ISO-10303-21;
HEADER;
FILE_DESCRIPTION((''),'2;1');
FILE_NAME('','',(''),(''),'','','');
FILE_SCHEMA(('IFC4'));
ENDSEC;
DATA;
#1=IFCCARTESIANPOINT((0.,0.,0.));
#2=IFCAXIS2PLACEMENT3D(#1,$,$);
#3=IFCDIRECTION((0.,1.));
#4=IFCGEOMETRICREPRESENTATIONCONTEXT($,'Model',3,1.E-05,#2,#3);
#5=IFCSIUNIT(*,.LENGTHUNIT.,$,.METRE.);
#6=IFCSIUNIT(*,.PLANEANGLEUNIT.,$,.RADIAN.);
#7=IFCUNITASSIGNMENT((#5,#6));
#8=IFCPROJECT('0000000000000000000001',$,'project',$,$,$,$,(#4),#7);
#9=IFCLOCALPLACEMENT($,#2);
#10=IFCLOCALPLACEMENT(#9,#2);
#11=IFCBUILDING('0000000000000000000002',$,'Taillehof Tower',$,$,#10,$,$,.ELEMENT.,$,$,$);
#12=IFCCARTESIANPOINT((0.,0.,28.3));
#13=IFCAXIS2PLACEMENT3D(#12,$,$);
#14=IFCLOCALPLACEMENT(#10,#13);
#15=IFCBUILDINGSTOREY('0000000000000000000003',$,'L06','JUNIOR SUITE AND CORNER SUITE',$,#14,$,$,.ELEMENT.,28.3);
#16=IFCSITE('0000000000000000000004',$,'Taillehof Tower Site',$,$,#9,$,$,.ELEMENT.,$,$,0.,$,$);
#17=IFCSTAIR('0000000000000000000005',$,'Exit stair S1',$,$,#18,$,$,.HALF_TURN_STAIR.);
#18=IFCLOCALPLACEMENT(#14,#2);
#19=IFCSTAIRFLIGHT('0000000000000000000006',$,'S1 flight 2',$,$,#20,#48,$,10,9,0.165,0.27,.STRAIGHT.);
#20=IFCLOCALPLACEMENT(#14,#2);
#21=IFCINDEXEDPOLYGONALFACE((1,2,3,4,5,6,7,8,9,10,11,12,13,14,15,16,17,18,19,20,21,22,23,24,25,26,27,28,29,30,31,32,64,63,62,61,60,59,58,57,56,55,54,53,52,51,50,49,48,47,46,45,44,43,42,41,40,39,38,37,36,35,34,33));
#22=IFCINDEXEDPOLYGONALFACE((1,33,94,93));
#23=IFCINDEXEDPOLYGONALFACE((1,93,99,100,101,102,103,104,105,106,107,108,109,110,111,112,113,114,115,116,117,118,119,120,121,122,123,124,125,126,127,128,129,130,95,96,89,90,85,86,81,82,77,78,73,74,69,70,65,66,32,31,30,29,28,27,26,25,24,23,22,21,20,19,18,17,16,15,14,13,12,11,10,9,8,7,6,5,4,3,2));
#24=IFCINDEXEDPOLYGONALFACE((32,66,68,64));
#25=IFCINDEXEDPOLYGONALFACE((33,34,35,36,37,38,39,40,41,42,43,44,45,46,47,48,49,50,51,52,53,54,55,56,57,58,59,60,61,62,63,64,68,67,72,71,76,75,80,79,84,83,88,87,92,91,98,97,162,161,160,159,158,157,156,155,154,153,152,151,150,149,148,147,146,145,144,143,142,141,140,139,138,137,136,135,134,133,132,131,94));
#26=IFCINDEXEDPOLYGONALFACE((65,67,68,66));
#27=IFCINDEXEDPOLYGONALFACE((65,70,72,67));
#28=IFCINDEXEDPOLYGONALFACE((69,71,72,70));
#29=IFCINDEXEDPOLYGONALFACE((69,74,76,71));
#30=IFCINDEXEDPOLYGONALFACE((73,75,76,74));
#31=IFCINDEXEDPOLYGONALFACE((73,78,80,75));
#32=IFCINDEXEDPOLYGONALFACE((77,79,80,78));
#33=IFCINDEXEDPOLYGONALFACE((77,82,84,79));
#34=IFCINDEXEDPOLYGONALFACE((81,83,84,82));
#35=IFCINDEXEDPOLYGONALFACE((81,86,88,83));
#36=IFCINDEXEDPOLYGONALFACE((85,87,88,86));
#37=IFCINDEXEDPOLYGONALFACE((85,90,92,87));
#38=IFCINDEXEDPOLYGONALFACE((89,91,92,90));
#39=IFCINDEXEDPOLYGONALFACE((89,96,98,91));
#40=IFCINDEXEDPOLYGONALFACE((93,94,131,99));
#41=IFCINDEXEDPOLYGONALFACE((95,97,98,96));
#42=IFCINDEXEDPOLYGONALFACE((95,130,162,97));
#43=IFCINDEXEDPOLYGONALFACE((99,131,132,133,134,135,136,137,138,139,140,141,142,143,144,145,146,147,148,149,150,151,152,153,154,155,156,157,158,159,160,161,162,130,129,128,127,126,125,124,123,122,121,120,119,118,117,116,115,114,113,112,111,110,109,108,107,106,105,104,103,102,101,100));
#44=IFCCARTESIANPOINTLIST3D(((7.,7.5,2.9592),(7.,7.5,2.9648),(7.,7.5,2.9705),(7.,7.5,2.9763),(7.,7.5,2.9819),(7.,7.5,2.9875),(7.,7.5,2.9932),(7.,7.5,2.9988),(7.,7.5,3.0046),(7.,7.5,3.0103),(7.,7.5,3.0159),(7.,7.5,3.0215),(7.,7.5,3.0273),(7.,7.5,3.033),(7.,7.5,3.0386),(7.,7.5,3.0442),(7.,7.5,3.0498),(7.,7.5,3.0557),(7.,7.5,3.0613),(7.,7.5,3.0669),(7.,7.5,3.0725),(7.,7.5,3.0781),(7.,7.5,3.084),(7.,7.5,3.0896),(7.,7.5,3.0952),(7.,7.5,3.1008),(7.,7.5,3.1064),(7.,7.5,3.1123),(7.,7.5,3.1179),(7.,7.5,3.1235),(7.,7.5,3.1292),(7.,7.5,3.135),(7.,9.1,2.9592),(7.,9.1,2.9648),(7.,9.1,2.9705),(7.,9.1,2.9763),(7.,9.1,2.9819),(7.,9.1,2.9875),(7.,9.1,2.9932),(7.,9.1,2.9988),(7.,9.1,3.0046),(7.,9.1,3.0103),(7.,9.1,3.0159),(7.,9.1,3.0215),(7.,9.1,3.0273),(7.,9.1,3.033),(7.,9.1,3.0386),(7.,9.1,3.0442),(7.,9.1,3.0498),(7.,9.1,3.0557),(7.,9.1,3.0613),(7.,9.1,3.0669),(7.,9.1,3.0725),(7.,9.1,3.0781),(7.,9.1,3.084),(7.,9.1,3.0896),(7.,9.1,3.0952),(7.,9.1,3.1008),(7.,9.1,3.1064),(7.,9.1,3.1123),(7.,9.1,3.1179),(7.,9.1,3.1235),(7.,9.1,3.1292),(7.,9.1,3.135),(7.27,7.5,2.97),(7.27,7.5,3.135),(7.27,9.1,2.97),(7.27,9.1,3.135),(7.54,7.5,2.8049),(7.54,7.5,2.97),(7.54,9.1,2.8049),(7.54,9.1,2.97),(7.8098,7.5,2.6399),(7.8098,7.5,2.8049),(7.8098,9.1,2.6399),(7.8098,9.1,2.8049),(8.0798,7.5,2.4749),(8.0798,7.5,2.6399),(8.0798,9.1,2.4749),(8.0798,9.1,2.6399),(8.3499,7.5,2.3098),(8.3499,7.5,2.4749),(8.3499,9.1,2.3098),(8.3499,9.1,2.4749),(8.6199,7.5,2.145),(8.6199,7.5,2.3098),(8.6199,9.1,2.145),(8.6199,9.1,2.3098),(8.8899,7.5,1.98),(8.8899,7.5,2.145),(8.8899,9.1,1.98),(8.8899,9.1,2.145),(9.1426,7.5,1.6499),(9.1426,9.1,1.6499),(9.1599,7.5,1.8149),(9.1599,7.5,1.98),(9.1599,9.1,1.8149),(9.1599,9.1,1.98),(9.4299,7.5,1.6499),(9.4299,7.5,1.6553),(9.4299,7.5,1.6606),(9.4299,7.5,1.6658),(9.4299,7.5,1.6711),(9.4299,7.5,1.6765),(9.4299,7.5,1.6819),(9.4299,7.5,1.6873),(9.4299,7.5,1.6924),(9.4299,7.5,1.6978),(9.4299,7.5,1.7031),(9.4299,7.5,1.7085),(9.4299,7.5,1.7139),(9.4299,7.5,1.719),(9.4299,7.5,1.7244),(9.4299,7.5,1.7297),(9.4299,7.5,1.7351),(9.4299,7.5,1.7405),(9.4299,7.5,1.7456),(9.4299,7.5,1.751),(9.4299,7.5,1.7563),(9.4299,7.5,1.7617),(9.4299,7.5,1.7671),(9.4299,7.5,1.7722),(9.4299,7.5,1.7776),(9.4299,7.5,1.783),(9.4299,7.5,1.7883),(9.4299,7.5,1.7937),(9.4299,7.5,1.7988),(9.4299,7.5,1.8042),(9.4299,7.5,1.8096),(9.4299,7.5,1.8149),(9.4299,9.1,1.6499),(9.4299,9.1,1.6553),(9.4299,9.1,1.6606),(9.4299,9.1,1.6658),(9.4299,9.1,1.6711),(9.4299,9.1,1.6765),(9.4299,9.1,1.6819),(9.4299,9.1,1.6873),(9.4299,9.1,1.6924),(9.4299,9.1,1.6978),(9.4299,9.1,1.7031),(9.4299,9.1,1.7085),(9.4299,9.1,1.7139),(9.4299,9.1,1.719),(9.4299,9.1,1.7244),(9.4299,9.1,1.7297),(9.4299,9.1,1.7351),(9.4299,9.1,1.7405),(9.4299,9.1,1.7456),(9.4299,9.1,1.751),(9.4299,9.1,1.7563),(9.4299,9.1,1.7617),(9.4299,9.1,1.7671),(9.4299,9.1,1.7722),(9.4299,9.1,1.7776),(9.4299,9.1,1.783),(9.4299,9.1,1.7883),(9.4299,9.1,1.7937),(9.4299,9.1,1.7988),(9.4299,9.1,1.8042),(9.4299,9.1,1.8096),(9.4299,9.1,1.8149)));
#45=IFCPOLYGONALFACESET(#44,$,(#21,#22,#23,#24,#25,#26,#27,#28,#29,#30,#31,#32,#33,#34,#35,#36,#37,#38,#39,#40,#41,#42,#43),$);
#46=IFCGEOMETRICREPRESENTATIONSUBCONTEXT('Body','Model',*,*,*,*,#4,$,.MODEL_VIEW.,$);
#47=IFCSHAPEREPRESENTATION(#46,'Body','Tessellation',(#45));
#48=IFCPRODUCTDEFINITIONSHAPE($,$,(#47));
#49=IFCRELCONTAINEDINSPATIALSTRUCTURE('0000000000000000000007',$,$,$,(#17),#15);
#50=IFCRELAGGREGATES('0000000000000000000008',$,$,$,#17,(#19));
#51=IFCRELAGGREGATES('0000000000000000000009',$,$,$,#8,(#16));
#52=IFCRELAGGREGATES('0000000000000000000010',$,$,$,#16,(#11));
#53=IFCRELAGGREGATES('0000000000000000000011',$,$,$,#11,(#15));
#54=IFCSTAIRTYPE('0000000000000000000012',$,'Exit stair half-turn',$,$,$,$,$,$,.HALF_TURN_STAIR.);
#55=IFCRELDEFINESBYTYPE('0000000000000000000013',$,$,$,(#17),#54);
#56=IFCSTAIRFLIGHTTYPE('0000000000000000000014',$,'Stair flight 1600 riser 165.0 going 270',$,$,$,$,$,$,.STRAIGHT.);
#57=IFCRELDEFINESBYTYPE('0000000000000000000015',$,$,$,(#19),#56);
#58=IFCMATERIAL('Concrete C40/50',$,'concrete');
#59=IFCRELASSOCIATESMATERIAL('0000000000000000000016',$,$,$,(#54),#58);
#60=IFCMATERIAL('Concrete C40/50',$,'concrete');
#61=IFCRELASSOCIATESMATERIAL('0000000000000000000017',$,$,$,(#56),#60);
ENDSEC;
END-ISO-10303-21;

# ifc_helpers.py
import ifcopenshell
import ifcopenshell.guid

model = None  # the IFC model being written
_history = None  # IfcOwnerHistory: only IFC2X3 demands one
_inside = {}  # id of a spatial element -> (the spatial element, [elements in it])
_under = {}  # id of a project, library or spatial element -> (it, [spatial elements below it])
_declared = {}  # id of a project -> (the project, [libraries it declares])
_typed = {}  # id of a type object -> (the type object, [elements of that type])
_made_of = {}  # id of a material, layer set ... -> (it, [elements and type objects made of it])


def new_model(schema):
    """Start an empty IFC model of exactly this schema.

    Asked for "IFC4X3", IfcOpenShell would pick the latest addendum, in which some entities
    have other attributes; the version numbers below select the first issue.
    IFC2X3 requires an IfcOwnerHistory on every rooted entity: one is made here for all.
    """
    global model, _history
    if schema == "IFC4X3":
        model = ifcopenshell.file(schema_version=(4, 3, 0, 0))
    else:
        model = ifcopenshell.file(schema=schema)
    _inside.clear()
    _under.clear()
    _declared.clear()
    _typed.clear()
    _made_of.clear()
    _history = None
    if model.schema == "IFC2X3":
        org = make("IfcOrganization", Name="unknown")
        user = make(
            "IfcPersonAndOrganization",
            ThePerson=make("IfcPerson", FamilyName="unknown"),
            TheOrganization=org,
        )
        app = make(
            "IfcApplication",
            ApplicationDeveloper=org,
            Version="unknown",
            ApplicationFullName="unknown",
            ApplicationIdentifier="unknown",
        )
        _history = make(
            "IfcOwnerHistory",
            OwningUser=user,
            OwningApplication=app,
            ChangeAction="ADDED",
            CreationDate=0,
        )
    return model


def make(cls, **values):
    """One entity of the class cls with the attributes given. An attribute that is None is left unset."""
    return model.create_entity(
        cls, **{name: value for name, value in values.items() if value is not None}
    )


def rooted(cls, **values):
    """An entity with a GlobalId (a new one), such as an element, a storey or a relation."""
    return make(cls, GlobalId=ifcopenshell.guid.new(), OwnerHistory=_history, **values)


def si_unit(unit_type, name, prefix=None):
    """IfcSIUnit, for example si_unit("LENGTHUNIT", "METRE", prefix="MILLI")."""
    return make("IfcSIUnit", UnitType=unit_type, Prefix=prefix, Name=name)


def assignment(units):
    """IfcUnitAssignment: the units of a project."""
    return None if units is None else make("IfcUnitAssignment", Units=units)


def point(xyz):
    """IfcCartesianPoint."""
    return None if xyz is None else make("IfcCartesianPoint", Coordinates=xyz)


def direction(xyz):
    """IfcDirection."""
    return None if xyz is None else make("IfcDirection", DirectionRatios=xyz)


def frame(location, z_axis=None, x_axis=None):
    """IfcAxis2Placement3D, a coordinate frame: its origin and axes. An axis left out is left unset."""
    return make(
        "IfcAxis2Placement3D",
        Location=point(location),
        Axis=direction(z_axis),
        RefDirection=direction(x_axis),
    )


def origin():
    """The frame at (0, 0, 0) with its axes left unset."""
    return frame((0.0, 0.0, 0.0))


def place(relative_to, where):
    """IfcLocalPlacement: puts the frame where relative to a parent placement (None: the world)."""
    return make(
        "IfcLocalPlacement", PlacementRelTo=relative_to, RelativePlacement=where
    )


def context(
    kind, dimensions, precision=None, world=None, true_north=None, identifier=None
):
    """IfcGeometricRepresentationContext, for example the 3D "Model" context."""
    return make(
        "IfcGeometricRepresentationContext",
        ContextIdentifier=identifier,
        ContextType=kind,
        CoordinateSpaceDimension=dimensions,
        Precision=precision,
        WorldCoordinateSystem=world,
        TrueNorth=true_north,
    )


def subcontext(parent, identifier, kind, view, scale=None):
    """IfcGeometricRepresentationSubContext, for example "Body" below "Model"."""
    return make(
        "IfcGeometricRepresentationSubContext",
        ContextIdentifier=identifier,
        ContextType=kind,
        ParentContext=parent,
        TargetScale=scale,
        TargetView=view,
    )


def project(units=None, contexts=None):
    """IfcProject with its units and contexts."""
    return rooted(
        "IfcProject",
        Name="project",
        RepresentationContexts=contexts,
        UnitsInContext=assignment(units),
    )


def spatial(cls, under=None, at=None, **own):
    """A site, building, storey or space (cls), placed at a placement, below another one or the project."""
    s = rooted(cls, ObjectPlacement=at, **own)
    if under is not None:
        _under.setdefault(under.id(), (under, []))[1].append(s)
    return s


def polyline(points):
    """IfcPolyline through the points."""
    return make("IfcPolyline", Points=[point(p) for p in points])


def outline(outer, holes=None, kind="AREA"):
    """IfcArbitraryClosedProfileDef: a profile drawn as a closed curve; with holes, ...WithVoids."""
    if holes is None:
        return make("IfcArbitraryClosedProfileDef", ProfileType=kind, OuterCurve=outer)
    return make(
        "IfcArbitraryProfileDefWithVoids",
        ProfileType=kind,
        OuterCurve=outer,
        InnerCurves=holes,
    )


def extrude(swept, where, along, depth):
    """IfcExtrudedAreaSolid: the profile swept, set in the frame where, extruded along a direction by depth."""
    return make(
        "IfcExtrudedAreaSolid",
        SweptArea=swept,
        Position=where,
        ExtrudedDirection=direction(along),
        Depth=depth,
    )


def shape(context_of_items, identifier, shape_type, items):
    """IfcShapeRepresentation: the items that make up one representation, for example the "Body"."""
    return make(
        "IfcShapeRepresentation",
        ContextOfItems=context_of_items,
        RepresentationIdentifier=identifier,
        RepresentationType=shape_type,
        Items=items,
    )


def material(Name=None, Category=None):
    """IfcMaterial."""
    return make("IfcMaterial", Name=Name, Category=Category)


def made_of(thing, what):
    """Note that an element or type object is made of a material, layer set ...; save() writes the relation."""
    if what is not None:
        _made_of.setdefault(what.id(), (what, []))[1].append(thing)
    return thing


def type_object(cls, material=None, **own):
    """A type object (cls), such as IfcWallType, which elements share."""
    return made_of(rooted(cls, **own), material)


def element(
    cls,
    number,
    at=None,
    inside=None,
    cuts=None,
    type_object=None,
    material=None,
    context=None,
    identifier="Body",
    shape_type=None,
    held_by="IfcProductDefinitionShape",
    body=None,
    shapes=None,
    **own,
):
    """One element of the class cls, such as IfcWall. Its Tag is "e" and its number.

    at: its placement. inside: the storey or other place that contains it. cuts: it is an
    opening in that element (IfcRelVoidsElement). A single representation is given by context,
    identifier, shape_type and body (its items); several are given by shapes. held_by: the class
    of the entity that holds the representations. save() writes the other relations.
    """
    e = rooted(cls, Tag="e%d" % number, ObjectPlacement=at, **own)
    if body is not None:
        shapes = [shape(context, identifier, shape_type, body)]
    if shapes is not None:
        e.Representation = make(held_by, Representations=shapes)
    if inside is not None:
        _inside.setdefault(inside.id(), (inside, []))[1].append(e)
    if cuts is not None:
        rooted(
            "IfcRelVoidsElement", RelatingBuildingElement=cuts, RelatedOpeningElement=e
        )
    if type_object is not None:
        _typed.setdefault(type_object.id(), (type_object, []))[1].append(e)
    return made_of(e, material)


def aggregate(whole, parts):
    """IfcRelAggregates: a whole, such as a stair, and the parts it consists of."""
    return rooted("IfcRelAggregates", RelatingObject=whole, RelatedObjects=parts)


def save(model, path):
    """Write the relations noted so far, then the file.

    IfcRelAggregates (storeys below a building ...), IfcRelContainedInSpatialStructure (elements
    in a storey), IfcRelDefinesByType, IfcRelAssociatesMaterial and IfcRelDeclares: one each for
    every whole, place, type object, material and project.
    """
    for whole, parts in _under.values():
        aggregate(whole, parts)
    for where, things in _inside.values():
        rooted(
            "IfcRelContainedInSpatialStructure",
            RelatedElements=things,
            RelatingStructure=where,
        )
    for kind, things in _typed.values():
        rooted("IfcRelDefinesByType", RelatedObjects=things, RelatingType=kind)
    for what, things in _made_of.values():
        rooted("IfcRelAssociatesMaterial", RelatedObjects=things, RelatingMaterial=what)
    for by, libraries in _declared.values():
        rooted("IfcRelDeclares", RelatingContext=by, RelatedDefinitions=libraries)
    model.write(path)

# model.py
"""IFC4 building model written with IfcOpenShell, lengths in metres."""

from ifc_helpers import new_model, si_unit, direction, frame, origin, place, context, subcontext, project, spatial, polyline, outline, extrude, material, type_object, element, aggregate, save


model = new_model("IFC4")

# Units and contexts
model_context = context("Model", 3, precision=1e-05, world=origin(), true_north=direction((0.0, 1.0)))
body_context = subcontext(model_context, "Body", "Model", "MODEL_VIEW")
ifc_project = project(units=[si_unit("LENGTHUNIT", "METRE"), si_unit("PLANEANGLEUNIT", "RADIAN")], contexts=[model_context])

# Site, building, storey
site_placement = place(None, origin())
site = spatial("IfcSite", under=ifc_project, at=site_placement, Name="Taillehof Tower Site", CompositionType="ELEMENT", RefElevation=0.0)
building_placement = place(site_placement, origin())
building = spatial("IfcBuilding", under=site, at=building_placement, Name="Taillehof Tower", CompositionType="ELEMENT")
storey_placement = place(building_placement, frame((0.0, 0.0, 28.3)))
storey = spatial("IfcBuildingStorey", under=building, at=storey_placement, Name="L06", Description="JUNIOR SUITE AND CORNER SUITE", CompositionType="ELEMENT", Elevation=28.3)

# Stair, stair flight
ifc_material_1 = material(Name="Concrete C40/50", Category="concrete")
stair_type = type_object("IfcStairType", Name="Exit stair half-turn", PredefinedType="HALF_TURN_STAIR", material=ifc_material_1)
stair_placement = place(storey_placement, origin())
stair = element("IfcStair", 1, at=stair_placement, inside=storey, type_object=stair_type, Name="Exit stair S1", PredefinedType="HALF_TURN_STAIR")
ifc_material_2 = material(Name="Concrete C40/50", Category="concrete")
stair_flight_type = type_object("IfcStairFlightType", Name="Stair flight 1600 riser 165.0 going 270", PredefinedType="STRAIGHT", material=ifc_material_2)
stair_flight_1_placement = place(storey_placement, frame((9.4299, 8.3, 1.6499), z_axis=(0.0, 0.0, 1.0), x_axis=(-1.0, 0.0, 0.0)))
stair_flight_1 = element("IfcStairFlight", 2, at=stair_flight_1_placement, type_object=stair_flight_type, Name="S1 flight 2", NumberOfRisers=10, NumberOfTreads=9, PredefinedType="STRAIGHT", RiserHeight=0.165, TreadLength=0.27, context=body_context, shape_type="SweptSolid", body=[
    extrude(outline(polyline([(0.0, 0.0), (0.0, 0.0054), (0.0, 0.0107), (0.0, 0.0159), (0.0, 0.0212), (0.0, 0.0266), (0.0, 0.032), (0.0, 0.0374), (0.0, 0.0425), (0.0, 0.0479), (0.0, 0.0532), (0.0, 0.0586), (0.0, 0.064), (0.0, 0.0691), (0.0, 0.0745), (0.0, 0.0798), (0.0, 0.0852), (0.0, 0.0906), (0.0, 0.0957), (0.0, 0.1011), (0.0, 0.1064), (0.0, 0.1118), (0.0, 0.1172), (0.0, 0.1223), (0.0, 0.1277), (0.0, 0.1331), (0.0, 0.1384), (0.0, 0.1438), (0.0, 0.1489), (0.0, 0.1543), (0.0, 0.1597), (0.0, 0.165), (0.27, 0.165), (0.27, 0.3301), (0.54, 0.3301), (0.54, 0.4951), (0.8101, 0.4951), (0.8101, 0.6599), (1.0801, 0.6599), (1.0801, 0.825), (1.3501, 0.825), (1.3501, 0.99), (1.6201, 0.99), (1.6201, 1.155), (1.8899, 1.155), (1.8899, 1.3201), (2.1599, 1.3201), (2.1599, 1.4851), (2.4299, 1.4851), (2.4299, 1.4792), (2.4299, 1.4736), (2.4299, 1.468), (2.4299, 1.4624), (2.4299, 1.4565), (2.4299, 1.4509), (2.4299, 1.4453), (2.4299, 1.4397), (2.4299, 1.4341), (2.4299, 1.4282), (2.4299, 1.4226), (2.4299, 1.417), (2.4299, 1.4114), (2.4299, 1.4058), (2.4299, 1.3999), (2.4299, 1.3943), (2.4299, 1.3887), (2.4299, 1.3831), (2.4299, 1.3774), (2.4299, 1.3716), (2.4299, 1.366), (2.4299, 1.3604), (2.4299, 1.3547), (2.4299, 1.3489), (2.4299, 1.3433), (2.4299, 1.3376), (2.4299, 1.332), (2.4299, 1.3264), (2.4299, 1.3206), (2.4299, 1.3149), (2.4299, 1.3093), (0.2874, 0.0), (0.0, 0.0)])), frame((0.0, 0.8, 0.0), z_axis=(0.0, -1.0, 0.0), x_axis=(1.0, 0.0, 0.0)), (0.0, 0.0, 1.0), 1.6),
])
aggregate(stair, [stair_flight_1])

save(model, "model.ifc")
